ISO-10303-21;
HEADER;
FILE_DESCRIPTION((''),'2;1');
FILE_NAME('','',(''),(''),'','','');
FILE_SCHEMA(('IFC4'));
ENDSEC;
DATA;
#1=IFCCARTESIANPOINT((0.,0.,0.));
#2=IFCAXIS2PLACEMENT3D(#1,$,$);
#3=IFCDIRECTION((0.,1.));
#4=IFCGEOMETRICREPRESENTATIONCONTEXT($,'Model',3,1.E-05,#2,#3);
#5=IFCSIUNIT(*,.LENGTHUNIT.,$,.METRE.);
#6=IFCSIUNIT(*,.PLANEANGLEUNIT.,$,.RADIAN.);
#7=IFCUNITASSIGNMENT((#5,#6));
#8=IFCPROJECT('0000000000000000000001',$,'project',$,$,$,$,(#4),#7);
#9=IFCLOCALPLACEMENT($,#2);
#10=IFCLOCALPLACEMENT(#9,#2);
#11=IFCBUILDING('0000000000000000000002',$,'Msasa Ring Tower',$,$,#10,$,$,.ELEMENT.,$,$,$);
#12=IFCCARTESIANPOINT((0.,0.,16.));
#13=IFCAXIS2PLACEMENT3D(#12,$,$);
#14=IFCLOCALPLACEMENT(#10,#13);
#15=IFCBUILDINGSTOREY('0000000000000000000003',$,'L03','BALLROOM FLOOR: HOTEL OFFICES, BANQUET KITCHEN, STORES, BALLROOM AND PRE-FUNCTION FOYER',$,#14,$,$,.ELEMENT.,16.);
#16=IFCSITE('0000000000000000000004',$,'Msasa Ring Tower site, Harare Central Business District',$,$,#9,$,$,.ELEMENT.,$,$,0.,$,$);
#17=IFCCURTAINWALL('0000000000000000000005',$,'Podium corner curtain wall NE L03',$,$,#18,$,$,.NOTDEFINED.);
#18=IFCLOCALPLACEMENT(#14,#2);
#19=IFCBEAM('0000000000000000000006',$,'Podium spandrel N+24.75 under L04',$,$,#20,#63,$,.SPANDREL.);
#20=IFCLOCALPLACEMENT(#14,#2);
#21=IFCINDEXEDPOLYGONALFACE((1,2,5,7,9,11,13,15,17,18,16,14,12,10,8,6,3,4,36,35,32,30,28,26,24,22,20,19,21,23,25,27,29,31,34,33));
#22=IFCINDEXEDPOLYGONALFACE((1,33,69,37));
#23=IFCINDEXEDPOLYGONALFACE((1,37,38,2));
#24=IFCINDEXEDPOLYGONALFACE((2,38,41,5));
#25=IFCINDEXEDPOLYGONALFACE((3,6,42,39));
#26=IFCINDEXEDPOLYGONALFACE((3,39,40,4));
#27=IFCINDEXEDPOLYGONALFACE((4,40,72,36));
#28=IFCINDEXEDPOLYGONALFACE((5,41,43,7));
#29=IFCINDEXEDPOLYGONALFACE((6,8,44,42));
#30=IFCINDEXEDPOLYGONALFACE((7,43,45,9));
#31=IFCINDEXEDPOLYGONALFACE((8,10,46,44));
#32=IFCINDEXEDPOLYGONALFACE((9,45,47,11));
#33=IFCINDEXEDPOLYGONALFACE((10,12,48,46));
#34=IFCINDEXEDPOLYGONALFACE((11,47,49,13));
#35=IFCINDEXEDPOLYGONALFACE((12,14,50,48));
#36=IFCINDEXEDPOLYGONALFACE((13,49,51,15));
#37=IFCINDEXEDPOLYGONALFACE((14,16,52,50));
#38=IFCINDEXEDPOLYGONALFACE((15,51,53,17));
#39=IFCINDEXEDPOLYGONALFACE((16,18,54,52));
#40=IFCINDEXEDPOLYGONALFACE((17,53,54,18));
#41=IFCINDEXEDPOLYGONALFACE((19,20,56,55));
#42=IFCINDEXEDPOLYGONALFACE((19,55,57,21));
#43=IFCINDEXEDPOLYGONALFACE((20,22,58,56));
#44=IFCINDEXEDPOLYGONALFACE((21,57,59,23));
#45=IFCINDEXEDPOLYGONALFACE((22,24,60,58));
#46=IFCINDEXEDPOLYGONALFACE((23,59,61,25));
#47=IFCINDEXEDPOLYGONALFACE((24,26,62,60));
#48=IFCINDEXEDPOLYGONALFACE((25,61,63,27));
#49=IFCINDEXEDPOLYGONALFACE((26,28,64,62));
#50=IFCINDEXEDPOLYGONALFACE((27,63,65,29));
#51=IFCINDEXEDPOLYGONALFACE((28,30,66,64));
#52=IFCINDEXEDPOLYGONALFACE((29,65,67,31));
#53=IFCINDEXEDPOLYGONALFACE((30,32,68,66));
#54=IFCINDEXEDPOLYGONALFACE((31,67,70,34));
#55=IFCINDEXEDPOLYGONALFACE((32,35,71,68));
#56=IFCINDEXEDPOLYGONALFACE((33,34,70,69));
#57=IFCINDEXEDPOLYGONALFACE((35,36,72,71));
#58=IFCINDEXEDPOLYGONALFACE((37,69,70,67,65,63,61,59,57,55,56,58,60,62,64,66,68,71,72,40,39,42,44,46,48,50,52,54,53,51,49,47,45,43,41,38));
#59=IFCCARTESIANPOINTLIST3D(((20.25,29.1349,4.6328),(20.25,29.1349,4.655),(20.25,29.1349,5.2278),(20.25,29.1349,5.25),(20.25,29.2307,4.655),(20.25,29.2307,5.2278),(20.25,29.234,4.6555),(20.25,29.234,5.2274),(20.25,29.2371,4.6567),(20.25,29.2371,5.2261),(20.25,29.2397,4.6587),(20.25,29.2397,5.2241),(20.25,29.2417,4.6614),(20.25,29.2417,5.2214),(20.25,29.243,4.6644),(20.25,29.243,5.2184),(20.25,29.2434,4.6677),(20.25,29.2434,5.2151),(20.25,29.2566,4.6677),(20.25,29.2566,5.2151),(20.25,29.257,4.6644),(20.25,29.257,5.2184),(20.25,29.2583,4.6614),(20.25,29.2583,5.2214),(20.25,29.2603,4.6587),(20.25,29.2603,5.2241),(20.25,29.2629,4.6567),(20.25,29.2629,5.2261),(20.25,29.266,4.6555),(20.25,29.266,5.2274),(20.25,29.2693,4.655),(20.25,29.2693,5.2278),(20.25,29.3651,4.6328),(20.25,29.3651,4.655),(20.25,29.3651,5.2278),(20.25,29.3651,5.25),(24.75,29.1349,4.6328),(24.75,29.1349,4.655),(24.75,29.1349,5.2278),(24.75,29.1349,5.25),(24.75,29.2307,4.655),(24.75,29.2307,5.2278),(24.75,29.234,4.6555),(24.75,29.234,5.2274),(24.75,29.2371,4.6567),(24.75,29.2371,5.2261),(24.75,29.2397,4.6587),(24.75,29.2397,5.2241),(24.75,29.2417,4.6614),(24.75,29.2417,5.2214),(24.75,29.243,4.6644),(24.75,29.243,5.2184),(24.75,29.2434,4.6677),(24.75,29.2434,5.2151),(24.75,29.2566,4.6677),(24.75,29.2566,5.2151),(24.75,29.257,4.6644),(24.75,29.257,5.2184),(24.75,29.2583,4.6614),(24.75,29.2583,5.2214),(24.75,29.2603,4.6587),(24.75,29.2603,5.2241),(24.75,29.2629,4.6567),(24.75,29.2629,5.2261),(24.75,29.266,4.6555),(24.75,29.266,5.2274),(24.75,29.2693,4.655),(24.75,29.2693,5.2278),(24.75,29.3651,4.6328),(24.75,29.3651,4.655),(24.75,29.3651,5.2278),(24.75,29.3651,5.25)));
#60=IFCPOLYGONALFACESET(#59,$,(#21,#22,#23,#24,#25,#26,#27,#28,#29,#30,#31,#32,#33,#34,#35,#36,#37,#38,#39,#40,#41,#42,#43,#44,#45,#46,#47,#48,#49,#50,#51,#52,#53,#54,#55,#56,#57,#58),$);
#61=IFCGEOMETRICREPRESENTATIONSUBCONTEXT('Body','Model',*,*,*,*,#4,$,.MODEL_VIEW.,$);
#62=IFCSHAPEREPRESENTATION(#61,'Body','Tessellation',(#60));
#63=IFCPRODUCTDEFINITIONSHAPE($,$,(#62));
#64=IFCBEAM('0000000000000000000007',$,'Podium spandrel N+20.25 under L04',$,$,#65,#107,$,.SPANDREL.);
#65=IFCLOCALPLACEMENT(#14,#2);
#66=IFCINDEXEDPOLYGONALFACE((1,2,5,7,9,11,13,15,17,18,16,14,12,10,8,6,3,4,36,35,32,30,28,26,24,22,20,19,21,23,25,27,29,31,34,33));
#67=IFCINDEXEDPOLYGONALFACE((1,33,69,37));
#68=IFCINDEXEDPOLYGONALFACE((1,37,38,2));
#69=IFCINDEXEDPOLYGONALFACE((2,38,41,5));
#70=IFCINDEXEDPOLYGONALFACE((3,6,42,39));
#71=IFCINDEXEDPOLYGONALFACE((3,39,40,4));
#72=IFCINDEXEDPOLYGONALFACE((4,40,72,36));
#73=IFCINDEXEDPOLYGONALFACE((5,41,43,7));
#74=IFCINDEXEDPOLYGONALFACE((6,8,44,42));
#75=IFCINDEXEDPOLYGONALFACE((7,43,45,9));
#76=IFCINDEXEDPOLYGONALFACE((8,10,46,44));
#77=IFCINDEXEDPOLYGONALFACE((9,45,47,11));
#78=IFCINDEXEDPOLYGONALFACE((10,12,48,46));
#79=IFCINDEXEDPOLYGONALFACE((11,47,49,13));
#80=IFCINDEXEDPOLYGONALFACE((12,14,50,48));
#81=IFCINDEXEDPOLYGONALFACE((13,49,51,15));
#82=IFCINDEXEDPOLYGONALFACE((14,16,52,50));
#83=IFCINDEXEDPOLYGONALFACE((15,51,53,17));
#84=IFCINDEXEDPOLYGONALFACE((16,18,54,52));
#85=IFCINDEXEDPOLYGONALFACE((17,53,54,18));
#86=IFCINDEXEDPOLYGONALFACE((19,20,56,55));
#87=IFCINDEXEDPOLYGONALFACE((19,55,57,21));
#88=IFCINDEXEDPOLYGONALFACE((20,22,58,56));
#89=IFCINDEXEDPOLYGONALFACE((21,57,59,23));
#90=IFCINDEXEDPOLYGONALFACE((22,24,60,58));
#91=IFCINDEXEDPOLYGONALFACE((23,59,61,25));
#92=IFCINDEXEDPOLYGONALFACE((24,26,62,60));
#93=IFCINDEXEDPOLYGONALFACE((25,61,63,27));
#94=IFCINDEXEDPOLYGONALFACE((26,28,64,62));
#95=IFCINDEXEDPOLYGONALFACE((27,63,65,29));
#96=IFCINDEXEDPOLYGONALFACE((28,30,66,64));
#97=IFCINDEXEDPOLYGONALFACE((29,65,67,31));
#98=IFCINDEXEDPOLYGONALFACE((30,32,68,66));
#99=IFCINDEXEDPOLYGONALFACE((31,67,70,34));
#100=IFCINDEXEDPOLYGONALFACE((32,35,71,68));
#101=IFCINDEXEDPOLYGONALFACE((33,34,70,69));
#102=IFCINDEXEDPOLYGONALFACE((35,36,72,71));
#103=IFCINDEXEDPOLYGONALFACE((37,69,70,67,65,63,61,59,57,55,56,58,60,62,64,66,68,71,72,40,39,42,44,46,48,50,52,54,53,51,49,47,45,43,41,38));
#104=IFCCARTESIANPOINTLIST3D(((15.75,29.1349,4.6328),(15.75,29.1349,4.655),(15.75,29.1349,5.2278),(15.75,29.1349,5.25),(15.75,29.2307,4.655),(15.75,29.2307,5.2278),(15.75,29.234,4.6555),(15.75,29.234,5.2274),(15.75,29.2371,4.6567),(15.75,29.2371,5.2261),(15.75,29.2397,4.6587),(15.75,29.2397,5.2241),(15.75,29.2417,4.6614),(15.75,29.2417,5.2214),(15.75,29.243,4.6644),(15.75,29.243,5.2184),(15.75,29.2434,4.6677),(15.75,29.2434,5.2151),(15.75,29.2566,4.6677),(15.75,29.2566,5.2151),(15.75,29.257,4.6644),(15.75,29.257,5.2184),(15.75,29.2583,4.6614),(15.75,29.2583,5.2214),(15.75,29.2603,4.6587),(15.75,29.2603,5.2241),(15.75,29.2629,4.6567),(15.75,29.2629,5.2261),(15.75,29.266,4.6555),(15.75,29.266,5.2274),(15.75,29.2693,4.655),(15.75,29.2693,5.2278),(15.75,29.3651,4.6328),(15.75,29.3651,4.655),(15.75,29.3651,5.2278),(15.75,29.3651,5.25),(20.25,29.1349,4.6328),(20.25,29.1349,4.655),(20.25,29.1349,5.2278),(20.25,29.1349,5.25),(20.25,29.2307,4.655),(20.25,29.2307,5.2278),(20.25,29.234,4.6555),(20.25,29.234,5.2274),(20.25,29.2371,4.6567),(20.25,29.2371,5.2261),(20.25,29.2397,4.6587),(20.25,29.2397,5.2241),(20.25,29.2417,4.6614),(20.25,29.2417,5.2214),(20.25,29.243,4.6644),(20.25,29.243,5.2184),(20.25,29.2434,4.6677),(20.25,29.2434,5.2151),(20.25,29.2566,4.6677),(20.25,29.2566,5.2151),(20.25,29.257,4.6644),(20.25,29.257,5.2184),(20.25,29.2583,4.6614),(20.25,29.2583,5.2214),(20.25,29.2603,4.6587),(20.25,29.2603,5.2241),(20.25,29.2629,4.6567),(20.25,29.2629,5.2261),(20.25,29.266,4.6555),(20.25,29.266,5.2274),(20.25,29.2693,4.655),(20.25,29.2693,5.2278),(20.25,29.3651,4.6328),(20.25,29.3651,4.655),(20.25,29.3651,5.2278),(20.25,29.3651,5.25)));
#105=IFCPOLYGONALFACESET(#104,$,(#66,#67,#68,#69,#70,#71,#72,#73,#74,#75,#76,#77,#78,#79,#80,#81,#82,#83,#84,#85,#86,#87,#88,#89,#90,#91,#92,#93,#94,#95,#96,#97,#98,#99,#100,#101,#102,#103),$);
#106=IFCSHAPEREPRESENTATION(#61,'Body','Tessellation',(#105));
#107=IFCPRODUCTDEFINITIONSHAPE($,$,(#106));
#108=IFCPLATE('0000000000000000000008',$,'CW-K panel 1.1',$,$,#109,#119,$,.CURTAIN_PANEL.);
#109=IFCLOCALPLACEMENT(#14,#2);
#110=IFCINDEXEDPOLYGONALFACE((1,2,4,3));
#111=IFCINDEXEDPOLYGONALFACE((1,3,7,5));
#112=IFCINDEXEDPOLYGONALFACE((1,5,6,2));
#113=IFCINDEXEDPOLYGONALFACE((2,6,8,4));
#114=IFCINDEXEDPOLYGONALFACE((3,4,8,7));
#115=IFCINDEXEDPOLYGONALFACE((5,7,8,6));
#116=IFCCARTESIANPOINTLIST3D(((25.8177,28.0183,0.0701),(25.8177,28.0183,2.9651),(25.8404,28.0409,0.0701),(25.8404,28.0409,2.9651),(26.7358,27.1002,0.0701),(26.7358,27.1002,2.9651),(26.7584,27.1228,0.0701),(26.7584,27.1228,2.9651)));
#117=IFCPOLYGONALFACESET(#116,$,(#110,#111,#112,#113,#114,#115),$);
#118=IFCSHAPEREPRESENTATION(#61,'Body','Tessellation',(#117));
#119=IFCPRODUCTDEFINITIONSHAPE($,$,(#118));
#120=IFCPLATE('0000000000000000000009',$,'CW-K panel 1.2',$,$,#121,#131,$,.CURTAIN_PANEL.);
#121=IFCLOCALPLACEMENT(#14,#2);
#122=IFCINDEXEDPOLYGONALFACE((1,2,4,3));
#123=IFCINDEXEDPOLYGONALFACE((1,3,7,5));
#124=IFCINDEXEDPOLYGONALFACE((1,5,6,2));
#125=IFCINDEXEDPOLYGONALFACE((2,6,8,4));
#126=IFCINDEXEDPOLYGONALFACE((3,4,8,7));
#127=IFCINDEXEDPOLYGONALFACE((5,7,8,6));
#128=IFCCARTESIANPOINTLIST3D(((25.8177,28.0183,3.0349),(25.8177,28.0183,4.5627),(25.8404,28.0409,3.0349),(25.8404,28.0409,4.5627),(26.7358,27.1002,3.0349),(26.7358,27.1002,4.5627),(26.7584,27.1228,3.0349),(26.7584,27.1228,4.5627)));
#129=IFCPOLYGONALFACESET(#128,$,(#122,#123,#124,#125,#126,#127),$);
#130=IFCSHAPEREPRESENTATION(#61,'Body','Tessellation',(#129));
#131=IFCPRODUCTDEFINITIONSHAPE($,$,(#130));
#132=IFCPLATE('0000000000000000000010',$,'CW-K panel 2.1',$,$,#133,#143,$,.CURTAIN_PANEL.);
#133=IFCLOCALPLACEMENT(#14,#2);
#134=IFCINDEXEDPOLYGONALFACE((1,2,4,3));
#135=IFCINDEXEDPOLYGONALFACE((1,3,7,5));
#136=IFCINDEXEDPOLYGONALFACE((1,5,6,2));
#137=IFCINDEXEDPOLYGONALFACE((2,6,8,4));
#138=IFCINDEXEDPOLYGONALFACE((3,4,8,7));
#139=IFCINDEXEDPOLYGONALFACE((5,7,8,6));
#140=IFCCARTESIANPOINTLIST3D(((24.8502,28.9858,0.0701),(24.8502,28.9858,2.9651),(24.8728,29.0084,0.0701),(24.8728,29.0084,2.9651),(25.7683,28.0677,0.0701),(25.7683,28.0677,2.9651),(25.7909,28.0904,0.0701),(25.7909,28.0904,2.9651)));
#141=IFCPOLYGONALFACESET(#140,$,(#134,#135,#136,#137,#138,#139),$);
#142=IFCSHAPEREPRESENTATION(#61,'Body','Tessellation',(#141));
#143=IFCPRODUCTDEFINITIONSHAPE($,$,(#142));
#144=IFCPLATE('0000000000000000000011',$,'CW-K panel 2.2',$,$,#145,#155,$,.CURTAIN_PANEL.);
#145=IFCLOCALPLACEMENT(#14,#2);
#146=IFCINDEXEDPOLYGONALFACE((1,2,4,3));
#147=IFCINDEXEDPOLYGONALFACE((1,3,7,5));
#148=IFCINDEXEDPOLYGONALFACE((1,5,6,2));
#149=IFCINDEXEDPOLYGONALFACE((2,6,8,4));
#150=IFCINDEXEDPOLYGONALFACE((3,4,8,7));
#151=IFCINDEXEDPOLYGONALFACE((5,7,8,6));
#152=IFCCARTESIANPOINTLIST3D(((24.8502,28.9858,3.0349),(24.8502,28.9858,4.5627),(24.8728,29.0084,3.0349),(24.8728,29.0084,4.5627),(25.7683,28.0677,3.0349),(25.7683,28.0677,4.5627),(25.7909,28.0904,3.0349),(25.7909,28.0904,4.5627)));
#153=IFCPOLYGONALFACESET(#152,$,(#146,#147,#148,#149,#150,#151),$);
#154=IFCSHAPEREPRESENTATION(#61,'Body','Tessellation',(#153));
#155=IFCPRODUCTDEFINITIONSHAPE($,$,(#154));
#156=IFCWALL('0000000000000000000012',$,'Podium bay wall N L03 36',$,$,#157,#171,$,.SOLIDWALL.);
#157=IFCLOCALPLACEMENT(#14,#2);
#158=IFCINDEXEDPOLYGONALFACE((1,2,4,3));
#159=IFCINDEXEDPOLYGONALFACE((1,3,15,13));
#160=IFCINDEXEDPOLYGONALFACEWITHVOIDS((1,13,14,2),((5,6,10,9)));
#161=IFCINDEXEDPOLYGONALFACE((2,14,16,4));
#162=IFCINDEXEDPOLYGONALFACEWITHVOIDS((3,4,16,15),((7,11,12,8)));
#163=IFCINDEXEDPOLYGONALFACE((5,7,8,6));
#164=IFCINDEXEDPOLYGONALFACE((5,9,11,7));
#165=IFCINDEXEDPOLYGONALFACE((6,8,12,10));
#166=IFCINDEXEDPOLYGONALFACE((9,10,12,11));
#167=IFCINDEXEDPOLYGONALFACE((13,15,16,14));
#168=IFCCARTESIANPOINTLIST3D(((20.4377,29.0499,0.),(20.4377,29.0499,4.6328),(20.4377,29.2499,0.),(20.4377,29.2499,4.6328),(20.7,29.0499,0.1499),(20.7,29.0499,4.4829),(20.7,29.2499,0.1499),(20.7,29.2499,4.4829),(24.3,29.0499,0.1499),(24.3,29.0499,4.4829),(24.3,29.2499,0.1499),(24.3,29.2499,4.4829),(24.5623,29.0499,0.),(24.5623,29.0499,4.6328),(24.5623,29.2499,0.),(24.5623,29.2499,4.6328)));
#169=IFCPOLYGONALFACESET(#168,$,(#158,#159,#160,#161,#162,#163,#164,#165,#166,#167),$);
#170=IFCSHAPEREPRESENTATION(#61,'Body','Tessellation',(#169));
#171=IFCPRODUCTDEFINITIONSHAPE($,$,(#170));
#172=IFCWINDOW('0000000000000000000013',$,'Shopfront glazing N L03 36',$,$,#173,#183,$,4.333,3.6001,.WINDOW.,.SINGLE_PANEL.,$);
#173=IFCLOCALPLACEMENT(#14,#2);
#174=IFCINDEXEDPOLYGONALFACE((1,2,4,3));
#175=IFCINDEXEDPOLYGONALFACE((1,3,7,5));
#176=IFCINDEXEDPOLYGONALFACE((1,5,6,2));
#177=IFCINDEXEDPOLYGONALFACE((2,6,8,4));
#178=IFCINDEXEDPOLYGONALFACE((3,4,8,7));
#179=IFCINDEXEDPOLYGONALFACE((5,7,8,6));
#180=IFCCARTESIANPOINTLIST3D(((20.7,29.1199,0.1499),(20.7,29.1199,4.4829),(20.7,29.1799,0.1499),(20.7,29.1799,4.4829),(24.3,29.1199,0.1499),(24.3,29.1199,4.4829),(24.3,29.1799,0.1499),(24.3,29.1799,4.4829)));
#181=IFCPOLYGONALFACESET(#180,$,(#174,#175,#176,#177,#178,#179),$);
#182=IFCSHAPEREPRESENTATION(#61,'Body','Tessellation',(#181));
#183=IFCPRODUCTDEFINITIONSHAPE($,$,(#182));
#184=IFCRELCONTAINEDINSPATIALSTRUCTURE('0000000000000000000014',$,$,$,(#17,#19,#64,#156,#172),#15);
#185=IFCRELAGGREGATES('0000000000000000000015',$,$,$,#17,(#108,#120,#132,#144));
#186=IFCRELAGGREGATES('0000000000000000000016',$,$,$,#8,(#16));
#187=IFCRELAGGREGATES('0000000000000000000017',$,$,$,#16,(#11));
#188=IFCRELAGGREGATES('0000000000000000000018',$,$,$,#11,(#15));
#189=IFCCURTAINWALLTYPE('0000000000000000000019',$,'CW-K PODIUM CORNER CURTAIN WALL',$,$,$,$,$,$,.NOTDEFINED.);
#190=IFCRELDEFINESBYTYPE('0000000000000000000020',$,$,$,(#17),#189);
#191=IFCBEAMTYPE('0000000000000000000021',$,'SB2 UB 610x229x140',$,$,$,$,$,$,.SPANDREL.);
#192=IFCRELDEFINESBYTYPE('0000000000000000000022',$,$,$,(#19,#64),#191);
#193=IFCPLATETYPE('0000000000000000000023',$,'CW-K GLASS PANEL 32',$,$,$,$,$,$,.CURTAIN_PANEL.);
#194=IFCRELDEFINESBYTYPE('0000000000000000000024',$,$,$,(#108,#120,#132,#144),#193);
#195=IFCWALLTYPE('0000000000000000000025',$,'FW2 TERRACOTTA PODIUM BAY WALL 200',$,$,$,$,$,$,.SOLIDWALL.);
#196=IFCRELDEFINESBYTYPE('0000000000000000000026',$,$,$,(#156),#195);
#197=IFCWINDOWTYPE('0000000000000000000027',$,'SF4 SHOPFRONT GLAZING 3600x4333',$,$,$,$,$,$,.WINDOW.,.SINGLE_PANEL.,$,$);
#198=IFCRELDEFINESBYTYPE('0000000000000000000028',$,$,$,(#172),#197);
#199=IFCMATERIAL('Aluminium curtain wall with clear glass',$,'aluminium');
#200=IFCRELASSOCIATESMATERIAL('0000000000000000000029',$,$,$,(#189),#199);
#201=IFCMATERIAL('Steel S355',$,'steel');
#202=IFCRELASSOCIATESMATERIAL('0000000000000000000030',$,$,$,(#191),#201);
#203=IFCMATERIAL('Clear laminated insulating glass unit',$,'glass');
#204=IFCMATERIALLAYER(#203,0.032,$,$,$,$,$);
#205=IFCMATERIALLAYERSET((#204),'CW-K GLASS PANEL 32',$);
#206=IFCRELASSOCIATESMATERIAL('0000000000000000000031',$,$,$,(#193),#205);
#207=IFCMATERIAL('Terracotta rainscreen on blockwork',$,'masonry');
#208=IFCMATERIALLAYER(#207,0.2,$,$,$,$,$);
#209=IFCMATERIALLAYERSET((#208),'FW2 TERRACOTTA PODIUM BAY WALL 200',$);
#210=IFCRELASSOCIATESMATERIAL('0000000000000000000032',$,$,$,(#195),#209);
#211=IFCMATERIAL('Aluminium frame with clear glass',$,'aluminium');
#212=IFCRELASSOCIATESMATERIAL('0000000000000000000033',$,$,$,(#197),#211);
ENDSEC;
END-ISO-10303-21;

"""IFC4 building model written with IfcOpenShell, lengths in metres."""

from ifc_helpers import new_model, si_unit, direction, frame, frame_2d, origin, origin_2d, place, context, subcontext, project, spatial, rectangle, i_section, extrude, material, layer, layer_set, material_profile, profile_set, type_object, element, fill, aggregate, save


model = new_model("IFC4")

# Units and contexts
model_context = context("Model", 3, precision=1e-05, world=origin(), true_north=direction((0.0, 1.0)))
body_context = subcontext(model_context, "Body", "Model", "MODEL_VIEW")
ifc_project = project(units=[si_unit("LENGTHUNIT", "METRE"), si_unit("PLANEANGLEUNIT", "RADIAN")], contexts=[model_context])

# Site, building, storey
site_placement = place(None, origin())
site = spatial("IfcSite", under=ifc_project, at=site_placement, Name="Msasa Ring Tower site, Harare Central Business District", CompositionType="ELEMENT", RefElevation=0.0)
building_placement = place(site_placement, origin())
building = spatial("IfcBuilding", under=site, at=building_placement, Name="Msasa Ring Tower", CompositionType="ELEMENT")
storey_placement = place(building_placement, frame((0.0, 0.0, 16.0)))
storey = spatial("IfcBuildingStorey", under=building, at=storey_placement, Name="L03", Description="BALLROOM FLOOR: HOTEL OFFICES, BANQUET KITCHEN, STORES, BALLROOM AND PRE-FUNCTION FOYER", CompositionType="ELEMENT", Elevation=16.0)

# Curtain wall
ifc_material_1 = material(Name="Aluminium curtain wall with clear glass", Category="aluminium")
curtain_wall_type = type_object("IfcCurtainWallType", Name="CW-K PODIUM CORNER CURTAIN WALL", PredefinedType="NOTDEFINED", material=ifc_material_1)
curtain_wall_placement = place(storey_placement, origin())
curtain_wall = element("IfcCurtainWall", 1, at=curtain_wall_placement, inside=storey, type_object=curtain_wall_type, Name="Podium corner curtain wall NE L03", PredefinedType="NOTDEFINED")

# Beams
ifc_material_2 = material(Name="Steel S355", Category="steel")
ifc_material_profile_1 = material_profile(ifc_material_2, i_section(OverallWidth=0.2302, OverallDepth=0.6172, WebThickness=0.0132, FlangeThickness=0.0222, FilletRadius=0.0127, at=origin_2d()), Name="UB 610x229x140")
ifc_profile_set_1 = profile_set([ifc_material_profile_1], Name="Steel S355")
beam_type_1 = type_object("IfcBeamType", Name="SB2 UB 610x229x140", PredefinedType="SPANDREL", material=ifc_profile_set_1)
for number, where, z_axis, x_axis, name in (
    (2, (24.75, 29.25, 4.9414), (-1.0, 0.0, 0.0), (0.0, -1.0, 0.0), "Podium spandrel N+24.75 under L04"),
    (3, (20.25, 29.25, 4.9414), (-1.0, 0.0, 0.0), (0.0, -1.0, 0.0), "Podium spandrel N+20.25 under L04"),
):
    element("IfcBeam", number, at=place(storey_placement, frame(where, z_axis=z_axis, x_axis=x_axis)), inside=storey, type_object=beam_type_1, Name=name, PredefinedType="SPANDREL", context=body_context, shape_type="SweptSolid", body=[
        extrude(i_section(OverallWidth=0.2302, OverallDepth=0.6172, WebThickness=0.0132, FlangeThickness=0.0222, FilletRadius=0.0127, at=origin_2d()), origin(), (0.0, 0.0, 1.0), 4.5),
    ])

# Plates
ifc_material_3 = material(Name="Clear laminated insulating glass unit", Category="glass")
ifc_layer_1 = layer(ifc_material_3, 0.032)
ifc_layer_set_1 = layer_set([ifc_layer_1], Name="CW-K GLASS PANEL 32")
plate_type = type_object("IfcPlateType", Name="CW-K GLASS PANEL 32", PredefinedType="CURTAIN_PANEL", material=ifc_layer_set_1)
plate_1_placement = place(storey_placement, frame((26.2881, 27.5706, 0.0701), z_axis=(0.0, 0.0, 1.0), x_axis=(-0.707107, 0.707107, 0.0)))
plate_1 = element("IfcPlate", 4, at=plate_1_placement, type_object=plate_type, Name="CW-K panel 1.1", PredefinedType="CURTAIN_PANEL", context=body_context, shape_type="SweptSolid", body=[
    extrude(rectangle(XDim=1.2983, YDim=0.032, at=origin_2d()), origin(), (0.0, 0.0, 1.0), 2.895),
])
plate_2_placement = place(storey_placement, frame((26.2881, 27.5706, 3.0349), z_axis=(0.0, 0.0, 1.0), x_axis=(-0.707107, 0.707107, 0.0)))
plate_2 = element("IfcPlate", 5, at=plate_2_placement, type_object=plate_type, Name="CW-K panel 1.2", PredefinedType="CURTAIN_PANEL", context=body_context, shape_type="SweptSolid", body=[
    extrude(rectangle(XDim=1.2983, YDim=0.032, at=origin_2d()), origin(), (0.0, 0.0, 1.0), 1.5278),
])
plate_3_placement = place(storey_placement, frame((25.3206, 28.5381, 0.0701), z_axis=(0.0, 0.0, 1.0), x_axis=(-0.707107, 0.707107, 0.0)))
plate_3 = element("IfcPlate", 6, at=plate_3_placement, type_object=plate_type, Name="CW-K panel 2.1", PredefinedType="CURTAIN_PANEL", context=body_context, shape_type="SweptSolid", body=[
    extrude(rectangle(XDim=1.2983, YDim=0.032, at=origin_2d()), origin(), (0.0, 0.0, 1.0), 2.895),
])
plate_4_placement = place(storey_placement, frame((25.3206, 28.5381, 3.0349), z_axis=(0.0, 0.0, 1.0), x_axis=(-0.707107, 0.707107, 0.0)))
plate_4 = element("IfcPlate", 7, at=plate_4_placement, type_object=plate_type, Name="CW-K panel 2.2", PredefinedType="CURTAIN_PANEL", context=body_context, shape_type="SweptSolid", body=[
    extrude(rectangle(XDim=1.2983, YDim=0.032, at=origin_2d()), origin(), (0.0, 0.0, 1.0), 1.5278),
])
aggregate(curtain_wall, [plate_1, plate_2, plate_3, plate_4])

# Wall, opening, window
ifc_material_4 = material(Name="Terracotta rainscreen on blockwork", Category="masonry")
ifc_layer_2 = layer(ifc_material_4, 0.2)
ifc_layer_set_2 = layer_set([ifc_layer_2], Name="FW2 TERRACOTTA PODIUM BAY WALL 200")
wall_type = type_object("IfcWallType", Name="FW2 TERRACOTTA PODIUM BAY WALL 200", PredefinedType="SOLIDWALL", material=ifc_layer_set_2)
wall_placement = place(storey_placement, frame((20.4377, 29.1499, 0.0), z_axis=(0.0, 0.0, 1.0), x_axis=(1.0, 0.0, 0.0)))
wall = element("IfcWall", 8, at=wall_placement, inside=storey, type_object=wall_type, Name="Podium bay wall N L03 36", PredefinedType="SOLIDWALL", context=body_context, shape_type="SweptSolid", body=[
    extrude(rectangle(XDim=4.1245, YDim=0.2, at=frame_2d((2.0623, 0.0))), origin(), (0.0, 0.0, 1.0), 4.6328),
])
opening_placement = place(wall_placement, frame((0.2622, 0.0, 0.1499)))
opening = element("IfcOpeningElement", 9, at=opening_placement, cuts=wall, PredefinedType="OPENING", context=body_context, shape_type="SweptSolid", body=[
    extrude(rectangle(XDim=3.6001, YDim=4.333, at=frame_2d((1.8, 2.1665))), frame((0.0, 0.1099, 0.0), z_axis=(0.0, -1.0, 0.0), x_axis=(1.0, 0.0, 0.0)), (0.0, 0.0, 1.0), 0.22),
])
ifc_material_5 = material(Name="Aluminium frame with clear glass", Category="aluminium")
window_type = type_object("IfcWindowType", Name="SF4 SHOPFRONT GLAZING 3600x4333", PartitioningType="SINGLE_PANEL", PredefinedType="WINDOW", material=ifc_material_5)
window_placement = place(opening_placement, origin())
window = element("IfcWindow", 10, at=window_placement, inside=storey, type_object=window_type, Name="Shopfront glazing N L03 36", OverallHeight=4.333, OverallWidth=3.6001, PartitioningType="SINGLE_PANEL", PredefinedType="WINDOW", context=body_context, shape_type="SweptSolid", body=[
    extrude(rectangle(XDim=3.6001, YDim=4.333, at=frame_2d((1.8, 2.1665))), frame((0.0, 0.03, 0.0), z_axis=(0.0, -1.0, 0.0), x_axis=(1.0, 0.0, 0.0)), (0.0, 0.0, 1.0), 0.0601),
])
fill(opening, window)

save(model, "model.ifc")
